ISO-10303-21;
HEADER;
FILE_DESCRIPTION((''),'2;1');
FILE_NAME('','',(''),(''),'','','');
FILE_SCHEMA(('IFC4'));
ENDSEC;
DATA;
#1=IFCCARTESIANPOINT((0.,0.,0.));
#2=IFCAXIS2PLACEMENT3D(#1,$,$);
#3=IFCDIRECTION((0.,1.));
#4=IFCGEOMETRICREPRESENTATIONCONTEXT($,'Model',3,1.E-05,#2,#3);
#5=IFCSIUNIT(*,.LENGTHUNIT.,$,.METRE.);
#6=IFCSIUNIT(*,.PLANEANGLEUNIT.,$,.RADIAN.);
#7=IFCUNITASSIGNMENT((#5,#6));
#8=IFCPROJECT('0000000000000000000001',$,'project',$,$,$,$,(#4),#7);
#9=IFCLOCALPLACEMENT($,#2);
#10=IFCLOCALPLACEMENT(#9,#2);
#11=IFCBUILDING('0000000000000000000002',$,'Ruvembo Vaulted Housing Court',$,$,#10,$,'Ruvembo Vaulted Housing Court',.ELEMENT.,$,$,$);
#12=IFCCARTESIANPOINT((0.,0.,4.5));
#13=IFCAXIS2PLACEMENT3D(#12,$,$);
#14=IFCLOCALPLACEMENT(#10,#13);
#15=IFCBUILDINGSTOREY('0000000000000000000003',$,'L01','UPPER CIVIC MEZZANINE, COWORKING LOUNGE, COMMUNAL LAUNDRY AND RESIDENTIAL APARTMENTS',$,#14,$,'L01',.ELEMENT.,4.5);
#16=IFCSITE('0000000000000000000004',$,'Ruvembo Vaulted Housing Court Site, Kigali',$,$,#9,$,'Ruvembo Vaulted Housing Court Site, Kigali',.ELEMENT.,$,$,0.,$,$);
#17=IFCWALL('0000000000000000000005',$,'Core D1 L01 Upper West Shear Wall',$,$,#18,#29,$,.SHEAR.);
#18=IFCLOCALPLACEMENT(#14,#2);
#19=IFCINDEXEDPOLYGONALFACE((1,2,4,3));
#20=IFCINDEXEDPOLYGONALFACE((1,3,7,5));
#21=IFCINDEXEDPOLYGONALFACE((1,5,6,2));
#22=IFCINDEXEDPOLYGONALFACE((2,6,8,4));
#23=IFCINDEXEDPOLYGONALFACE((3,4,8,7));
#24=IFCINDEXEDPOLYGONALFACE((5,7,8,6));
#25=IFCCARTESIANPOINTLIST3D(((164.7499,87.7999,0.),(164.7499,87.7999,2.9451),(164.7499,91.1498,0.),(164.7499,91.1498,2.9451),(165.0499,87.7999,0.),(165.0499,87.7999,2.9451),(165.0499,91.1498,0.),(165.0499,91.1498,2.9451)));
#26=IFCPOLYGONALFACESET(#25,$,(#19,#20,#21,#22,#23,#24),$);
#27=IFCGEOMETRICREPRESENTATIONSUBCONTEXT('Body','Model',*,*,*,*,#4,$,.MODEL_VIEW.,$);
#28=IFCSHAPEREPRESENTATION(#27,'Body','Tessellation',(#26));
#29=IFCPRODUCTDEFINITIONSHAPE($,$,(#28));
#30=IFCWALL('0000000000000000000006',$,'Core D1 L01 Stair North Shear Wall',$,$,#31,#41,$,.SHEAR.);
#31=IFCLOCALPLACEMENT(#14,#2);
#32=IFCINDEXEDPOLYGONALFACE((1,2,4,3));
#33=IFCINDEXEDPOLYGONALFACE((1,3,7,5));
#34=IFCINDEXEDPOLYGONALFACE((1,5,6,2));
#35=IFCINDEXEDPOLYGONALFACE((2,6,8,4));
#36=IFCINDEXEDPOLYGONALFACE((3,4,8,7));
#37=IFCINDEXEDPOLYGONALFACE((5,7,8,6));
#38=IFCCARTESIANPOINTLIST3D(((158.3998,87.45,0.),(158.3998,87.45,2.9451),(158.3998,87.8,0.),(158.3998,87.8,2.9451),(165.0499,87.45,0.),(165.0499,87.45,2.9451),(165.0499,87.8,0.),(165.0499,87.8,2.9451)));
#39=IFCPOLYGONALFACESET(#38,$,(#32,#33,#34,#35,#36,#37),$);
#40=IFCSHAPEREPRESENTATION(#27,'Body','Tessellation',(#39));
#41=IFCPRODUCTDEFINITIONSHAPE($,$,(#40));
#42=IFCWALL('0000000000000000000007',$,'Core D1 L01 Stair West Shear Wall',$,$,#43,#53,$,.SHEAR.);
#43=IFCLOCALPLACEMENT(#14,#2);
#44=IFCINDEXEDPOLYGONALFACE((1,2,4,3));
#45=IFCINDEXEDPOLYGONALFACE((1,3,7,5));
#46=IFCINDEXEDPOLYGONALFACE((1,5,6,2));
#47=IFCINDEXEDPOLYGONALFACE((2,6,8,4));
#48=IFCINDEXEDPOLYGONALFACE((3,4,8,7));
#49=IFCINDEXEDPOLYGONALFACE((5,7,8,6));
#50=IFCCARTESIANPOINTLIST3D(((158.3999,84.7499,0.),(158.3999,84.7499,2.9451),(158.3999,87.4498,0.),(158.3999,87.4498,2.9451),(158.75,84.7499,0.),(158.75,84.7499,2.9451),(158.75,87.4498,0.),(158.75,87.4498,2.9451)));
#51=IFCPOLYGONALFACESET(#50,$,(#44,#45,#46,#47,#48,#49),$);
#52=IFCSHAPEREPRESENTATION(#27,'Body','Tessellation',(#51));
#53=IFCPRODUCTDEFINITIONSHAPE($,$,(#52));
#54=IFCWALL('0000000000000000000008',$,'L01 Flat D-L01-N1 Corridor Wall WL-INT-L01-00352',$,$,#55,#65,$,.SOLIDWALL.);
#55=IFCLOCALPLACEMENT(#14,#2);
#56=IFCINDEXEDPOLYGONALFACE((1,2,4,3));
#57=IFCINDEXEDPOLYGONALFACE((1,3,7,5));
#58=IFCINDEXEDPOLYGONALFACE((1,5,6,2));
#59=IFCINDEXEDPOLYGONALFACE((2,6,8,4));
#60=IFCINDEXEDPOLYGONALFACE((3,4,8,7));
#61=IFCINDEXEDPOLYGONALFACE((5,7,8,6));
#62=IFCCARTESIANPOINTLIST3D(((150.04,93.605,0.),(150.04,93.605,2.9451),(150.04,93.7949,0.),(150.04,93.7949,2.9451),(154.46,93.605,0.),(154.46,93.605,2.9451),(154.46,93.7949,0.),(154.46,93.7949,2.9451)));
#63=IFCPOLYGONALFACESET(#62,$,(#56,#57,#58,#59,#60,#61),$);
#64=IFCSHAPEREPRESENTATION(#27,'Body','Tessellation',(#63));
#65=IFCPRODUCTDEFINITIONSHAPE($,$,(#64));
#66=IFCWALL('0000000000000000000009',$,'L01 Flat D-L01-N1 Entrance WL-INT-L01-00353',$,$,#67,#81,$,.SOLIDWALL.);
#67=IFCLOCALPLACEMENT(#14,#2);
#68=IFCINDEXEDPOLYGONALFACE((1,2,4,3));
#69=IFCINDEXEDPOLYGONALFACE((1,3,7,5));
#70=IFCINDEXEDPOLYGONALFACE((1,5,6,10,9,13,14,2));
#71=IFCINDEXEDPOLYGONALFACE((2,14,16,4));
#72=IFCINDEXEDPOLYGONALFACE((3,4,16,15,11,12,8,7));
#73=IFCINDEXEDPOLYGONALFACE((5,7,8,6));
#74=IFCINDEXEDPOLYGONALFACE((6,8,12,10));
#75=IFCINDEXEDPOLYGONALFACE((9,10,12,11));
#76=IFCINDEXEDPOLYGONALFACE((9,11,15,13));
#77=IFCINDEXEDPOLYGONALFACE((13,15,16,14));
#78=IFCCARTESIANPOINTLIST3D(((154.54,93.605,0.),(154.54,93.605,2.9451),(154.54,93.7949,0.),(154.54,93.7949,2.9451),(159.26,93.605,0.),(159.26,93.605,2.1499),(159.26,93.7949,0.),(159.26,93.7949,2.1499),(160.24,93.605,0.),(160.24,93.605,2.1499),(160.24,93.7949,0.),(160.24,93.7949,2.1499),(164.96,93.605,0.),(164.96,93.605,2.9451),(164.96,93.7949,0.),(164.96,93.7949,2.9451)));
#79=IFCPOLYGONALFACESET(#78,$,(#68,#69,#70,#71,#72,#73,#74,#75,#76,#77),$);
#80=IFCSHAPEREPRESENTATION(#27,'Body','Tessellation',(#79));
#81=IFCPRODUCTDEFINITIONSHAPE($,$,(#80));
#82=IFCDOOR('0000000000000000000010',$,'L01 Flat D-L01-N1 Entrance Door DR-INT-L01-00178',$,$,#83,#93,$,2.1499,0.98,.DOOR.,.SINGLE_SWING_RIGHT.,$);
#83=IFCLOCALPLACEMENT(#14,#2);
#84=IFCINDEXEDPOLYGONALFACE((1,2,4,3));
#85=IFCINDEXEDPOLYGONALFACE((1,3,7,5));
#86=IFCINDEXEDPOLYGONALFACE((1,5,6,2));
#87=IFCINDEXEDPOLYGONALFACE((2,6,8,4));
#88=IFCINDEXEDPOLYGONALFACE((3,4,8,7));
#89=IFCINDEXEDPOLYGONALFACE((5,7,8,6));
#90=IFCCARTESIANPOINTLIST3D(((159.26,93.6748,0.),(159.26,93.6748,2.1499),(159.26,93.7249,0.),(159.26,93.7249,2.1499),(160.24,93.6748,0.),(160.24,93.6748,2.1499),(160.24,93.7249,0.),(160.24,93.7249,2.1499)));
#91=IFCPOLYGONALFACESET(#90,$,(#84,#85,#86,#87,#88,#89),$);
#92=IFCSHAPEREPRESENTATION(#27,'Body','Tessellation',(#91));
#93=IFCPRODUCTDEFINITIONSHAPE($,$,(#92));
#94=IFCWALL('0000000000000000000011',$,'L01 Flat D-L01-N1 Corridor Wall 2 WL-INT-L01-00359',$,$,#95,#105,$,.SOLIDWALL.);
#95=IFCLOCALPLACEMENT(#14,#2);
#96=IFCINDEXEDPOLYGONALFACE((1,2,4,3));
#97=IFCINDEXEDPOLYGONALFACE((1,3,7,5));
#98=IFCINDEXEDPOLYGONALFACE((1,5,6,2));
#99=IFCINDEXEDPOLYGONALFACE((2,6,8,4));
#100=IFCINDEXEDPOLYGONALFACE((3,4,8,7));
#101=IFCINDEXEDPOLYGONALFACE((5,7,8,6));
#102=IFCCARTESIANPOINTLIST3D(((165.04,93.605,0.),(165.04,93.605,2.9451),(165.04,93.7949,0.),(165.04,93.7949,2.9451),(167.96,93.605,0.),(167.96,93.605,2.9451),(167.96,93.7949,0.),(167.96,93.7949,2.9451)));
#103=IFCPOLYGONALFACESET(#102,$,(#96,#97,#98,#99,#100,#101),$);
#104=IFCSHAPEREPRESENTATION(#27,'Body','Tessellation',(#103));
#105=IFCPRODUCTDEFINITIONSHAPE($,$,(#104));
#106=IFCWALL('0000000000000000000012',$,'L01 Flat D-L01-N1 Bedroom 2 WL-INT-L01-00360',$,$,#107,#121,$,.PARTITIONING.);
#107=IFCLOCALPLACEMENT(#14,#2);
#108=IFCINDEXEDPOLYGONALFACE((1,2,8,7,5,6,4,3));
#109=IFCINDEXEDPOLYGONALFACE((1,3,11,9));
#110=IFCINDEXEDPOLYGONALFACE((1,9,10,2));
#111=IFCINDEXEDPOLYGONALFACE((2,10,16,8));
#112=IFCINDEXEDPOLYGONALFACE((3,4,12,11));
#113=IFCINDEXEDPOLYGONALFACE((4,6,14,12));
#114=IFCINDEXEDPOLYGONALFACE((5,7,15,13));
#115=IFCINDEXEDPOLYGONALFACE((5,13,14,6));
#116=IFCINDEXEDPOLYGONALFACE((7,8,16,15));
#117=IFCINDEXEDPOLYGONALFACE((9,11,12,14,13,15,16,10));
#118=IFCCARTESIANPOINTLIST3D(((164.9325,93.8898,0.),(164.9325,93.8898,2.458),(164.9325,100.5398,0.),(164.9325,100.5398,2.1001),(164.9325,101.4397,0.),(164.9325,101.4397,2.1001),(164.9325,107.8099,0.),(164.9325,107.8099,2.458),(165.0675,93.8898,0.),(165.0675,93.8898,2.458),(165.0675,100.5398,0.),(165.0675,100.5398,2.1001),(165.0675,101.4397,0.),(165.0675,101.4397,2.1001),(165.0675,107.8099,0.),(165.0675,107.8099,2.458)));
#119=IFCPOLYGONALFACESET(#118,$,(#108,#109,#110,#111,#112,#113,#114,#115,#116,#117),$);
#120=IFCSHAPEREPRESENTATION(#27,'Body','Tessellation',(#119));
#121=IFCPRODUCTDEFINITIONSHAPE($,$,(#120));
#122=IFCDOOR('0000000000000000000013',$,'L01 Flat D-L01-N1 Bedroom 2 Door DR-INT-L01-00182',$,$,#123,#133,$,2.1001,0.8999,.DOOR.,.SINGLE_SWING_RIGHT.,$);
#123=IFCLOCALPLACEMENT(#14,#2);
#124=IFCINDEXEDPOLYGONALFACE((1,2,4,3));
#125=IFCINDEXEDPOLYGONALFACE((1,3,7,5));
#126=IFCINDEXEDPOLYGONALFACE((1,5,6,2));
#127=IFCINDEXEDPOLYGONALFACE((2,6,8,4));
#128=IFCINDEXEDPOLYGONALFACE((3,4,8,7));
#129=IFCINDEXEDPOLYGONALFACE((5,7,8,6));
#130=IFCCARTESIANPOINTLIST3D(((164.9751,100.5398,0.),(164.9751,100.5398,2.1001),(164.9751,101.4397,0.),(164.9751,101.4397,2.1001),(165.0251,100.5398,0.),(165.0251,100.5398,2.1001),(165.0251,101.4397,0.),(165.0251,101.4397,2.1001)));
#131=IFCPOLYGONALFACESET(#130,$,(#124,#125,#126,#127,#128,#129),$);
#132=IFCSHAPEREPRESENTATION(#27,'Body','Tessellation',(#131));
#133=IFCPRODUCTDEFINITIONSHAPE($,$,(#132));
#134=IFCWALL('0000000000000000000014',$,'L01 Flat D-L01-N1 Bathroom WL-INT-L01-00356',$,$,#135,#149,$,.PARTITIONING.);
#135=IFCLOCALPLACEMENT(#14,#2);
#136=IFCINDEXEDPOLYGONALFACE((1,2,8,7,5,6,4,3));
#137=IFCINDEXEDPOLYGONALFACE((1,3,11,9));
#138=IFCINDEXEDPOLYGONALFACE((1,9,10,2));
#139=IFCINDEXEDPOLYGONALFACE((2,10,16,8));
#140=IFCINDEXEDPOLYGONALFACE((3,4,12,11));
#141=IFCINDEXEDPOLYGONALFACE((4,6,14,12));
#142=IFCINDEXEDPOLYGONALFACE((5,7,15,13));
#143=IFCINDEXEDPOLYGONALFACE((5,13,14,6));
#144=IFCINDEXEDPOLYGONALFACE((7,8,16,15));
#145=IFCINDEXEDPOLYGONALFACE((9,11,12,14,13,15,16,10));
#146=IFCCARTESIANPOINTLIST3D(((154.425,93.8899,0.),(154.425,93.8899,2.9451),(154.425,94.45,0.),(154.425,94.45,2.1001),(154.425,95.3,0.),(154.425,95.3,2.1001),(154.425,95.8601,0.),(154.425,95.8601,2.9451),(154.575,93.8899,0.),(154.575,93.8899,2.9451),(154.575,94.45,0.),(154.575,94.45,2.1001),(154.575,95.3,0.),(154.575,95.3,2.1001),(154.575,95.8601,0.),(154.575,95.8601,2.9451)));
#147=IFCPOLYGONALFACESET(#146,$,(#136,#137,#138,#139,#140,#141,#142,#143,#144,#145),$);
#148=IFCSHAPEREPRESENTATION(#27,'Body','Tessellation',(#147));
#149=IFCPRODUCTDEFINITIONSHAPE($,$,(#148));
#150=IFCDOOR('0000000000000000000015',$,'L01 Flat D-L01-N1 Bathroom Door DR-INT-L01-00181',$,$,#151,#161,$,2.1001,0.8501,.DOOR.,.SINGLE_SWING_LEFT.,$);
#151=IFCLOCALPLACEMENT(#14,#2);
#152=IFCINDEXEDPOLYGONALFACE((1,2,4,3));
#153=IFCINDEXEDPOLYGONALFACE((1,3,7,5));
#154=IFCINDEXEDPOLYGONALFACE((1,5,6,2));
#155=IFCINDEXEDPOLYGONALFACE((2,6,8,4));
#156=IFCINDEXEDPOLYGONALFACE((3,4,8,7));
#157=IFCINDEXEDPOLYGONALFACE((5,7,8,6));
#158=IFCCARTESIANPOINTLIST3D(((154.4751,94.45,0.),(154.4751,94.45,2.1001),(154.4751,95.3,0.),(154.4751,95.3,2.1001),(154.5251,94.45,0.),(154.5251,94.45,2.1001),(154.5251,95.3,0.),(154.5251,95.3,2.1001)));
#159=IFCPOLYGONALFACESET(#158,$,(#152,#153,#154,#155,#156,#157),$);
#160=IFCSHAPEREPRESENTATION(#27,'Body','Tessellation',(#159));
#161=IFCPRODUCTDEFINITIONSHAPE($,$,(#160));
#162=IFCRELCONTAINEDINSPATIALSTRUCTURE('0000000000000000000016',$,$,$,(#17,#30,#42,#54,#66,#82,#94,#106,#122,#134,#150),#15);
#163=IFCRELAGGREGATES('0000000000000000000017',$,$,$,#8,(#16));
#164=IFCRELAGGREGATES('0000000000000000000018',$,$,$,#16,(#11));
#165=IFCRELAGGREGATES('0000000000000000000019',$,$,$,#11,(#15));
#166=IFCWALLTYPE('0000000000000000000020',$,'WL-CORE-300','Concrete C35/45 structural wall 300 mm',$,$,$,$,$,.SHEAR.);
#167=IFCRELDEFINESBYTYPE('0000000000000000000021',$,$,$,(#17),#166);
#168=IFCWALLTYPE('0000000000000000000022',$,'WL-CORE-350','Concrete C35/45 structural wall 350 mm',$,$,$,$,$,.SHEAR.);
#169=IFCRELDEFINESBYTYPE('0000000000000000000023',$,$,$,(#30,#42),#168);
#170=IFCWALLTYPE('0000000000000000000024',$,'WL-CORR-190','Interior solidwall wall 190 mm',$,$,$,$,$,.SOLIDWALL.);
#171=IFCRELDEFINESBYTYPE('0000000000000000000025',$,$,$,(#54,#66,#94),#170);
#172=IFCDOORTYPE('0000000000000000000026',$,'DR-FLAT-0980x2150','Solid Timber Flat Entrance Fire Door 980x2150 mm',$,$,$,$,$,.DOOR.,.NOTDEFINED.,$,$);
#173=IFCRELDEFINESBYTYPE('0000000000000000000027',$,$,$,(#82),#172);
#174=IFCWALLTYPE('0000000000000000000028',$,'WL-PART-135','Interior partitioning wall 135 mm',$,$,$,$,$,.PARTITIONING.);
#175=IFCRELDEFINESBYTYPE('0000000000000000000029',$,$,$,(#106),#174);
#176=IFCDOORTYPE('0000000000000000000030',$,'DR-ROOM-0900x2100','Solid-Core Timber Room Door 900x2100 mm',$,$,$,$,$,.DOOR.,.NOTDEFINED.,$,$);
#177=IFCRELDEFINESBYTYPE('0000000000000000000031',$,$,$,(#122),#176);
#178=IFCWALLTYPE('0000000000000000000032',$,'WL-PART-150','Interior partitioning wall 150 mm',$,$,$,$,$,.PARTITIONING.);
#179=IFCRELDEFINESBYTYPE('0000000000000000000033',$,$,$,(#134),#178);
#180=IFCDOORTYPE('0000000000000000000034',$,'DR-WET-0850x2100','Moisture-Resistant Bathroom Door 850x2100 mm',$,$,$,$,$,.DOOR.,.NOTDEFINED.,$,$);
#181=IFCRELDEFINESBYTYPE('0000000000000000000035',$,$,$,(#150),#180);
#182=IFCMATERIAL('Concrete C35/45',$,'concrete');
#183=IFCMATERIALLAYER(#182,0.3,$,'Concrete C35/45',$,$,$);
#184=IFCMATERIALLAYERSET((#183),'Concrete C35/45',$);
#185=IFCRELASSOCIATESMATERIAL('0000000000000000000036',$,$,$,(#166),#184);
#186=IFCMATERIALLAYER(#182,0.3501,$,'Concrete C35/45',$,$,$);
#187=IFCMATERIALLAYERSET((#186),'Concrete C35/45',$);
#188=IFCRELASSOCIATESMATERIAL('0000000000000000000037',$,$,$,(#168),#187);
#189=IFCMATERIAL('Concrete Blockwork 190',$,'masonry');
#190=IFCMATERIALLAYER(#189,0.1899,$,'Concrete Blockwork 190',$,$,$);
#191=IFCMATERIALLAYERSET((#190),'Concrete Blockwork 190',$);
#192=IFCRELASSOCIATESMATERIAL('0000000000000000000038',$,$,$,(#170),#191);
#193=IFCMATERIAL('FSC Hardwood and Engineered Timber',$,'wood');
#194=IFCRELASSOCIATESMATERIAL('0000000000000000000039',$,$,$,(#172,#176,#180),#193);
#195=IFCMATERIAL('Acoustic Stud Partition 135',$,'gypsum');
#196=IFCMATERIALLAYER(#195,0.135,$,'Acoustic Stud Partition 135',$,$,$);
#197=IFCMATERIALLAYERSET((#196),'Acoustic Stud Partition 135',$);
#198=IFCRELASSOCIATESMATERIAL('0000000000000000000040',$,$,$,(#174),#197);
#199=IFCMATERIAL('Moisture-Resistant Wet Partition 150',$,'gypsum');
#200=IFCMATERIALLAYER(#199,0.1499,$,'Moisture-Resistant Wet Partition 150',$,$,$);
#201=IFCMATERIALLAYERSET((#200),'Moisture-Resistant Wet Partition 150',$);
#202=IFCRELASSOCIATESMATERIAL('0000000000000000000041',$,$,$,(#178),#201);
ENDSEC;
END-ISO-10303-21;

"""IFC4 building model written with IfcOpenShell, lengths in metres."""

from ifc_helpers import new_model, si_unit, direction, frame, frame_2d, origin, place, context, subcontext, project, spatial, rectangle, extrude, material, layer, layer_set, type_object, element, fill, save


model = new_model("IFC4")

# Units and contexts
model_context = context("Model", 3, precision=1e-05, world=origin(), true_north=direction((0.0, 1.0)))
body_context = subcontext(model_context, "Body", "Model", "MODEL_VIEW")
ifc_project = project(units=[si_unit("LENGTHUNIT", "METRE"), si_unit("PLANEANGLEUNIT", "RADIAN")], contexts=[model_context])

# Site, building, storey
site_placement = place(None, origin())
site = spatial("IfcSite", under=ifc_project, at=site_placement, Name="Ruvembo Vaulted Housing Court Site, Kigali", LongName="Ruvembo Vaulted Housing Court Site, Kigali", CompositionType="ELEMENT", RefElevation=0.0)
building_placement = place(site_placement, origin())
building = spatial("IfcBuilding", under=site, at=building_placement, Name="Ruvembo Vaulted Housing Court", LongName="Ruvembo Vaulted Housing Court", CompositionType="ELEMENT")
storey_placement = place(building_placement, frame((0.0, 0.0, 4.5)))
storey = spatial("IfcBuildingStorey", under=building, at=storey_placement, Name="L01", Description="UPPER CIVIC MEZZANINE, COWORKING LOUNGE, COMMUNAL LAUNDRY AND RESIDENTIAL APARTMENTS", LongName="L01", CompositionType="ELEMENT", Elevation=4.5)

# Walls
ifc_material_1 = material(Name="Concrete C35/45", Category="concrete")
ifc_layer_1 = layer(ifc_material_1, 0.3, Name="Concrete C35/45")
ifc_layer_set_1 = layer_set([ifc_layer_1], Name="Concrete C35/45")
wall_type_1 = type_object("IfcWallType", Name="WL-CORE-300", Description="Concrete C35/45 structural wall 300 mm", PredefinedType="SHEAR", material=ifc_layer_set_1)
wall_1_placement = place(storey_placement, frame((164.8999, 87.8, 0.0), z_axis=(0.0, 0.0, 1.0), x_axis=(0.0, 1.0, 0.0)))
element("IfcWall", 1, at=wall_1_placement, inside=storey, type_object=wall_type_1, Name="Core D1 L01 Upper West Shear Wall", PredefinedType="SHEAR", context=body_context, shape_type="SweptSolid", body=[
    extrude(rectangle(XDim=3.3499, YDim=0.3, at=frame_2d((1.6748, 0.0))), origin(), (0.0, 0.0, 1.0), 2.9451),
])
ifc_layer_2 = layer(ifc_material_1, 0.3501, Name="Concrete C35/45")
ifc_layer_set_2 = layer_set([ifc_layer_2], Name="Concrete C35/45")
wall_type_2 = type_object("IfcWallType", Name="WL-CORE-350", Description="Concrete C35/45 structural wall 350 mm", PredefinedType="SHEAR", material=ifc_layer_set_2)
wall_2_placement = place(storey_placement, frame((165.05, 87.625, 0.0), z_axis=(0.0, 0.0, 1.0), x_axis=(-1.0, 0.0, 0.0)))
element("IfcWall", 2, at=wall_2_placement, inside=storey, type_object=wall_type_2, Name="Core D1 L01 Stair North Shear Wall", PredefinedType="SHEAR", context=body_context, shape_type="SweptSolid", body=[
    extrude(rectangle(XDim=6.6501, YDim=0.3501, at=frame_2d((3.3252, 0.0))), origin(), (0.0, 0.0, 1.0), 2.9451),
])
wall_3_placement = place(storey_placement, frame((158.575, 87.45, 0.0), z_axis=(0.0, 0.0, 1.0), x_axis=(0.0, -1.0, 0.0)))
element("IfcWall", 3, at=wall_3_placement, inside=storey, type_object=wall_type_2, Name="Core D1 L01 Stair West Shear Wall", PredefinedType="SHEAR", context=body_context, shape_type="SweptSolid", body=[
    extrude(rectangle(XDim=2.7, YDim=0.3501, at=frame_2d((1.3501, 0.0))), origin(), (0.0, 0.0, 1.0), 2.9451),
])
ifc_material_2 = material(Name="Concrete Blockwork 190", Category="masonry")
ifc_layer_3 = layer(ifc_material_2, 0.1899, Name="Concrete Blockwork 190")
ifc_layer_set_3 = layer_set([ifc_layer_3], Name="Concrete Blockwork 190")
wall_type_3 = type_object("IfcWallType", Name="WL-CORR-190", Description="Interior solidwall wall 190 mm", PredefinedType="SOLIDWALL", material=ifc_layer_set_3)
wall_4_placement = place(storey_placement, frame((150.04, 93.7, 0.0), z_axis=(0.0, 0.0, 1.0), x_axis=(1.0, 0.0, 0.0)))
element("IfcWall", 4, at=wall_4_placement, inside=storey, type_object=wall_type_3, Name="L01 Flat D-L01-N1 Corridor Wall WL-INT-L01-00352", PredefinedType="SOLIDWALL", context=body_context, shape_type="SweptSolid", body=[
    extrude(rectangle(XDim=4.4199, YDim=0.1899, at=frame_2d((2.21, 0.0))), origin(), (0.0, 0.0, 1.0), 2.9451),
])

# Wall, opening, door
wall_5_placement = place(storey_placement, frame((154.54, 93.7, 0.0), z_axis=(0.0, 0.0, 1.0), x_axis=(1.0, 0.0, 0.0)))
wall_5 = element("IfcWall", 5, at=wall_5_placement, inside=storey, type_object=wall_type_3, Name="L01 Flat D-L01-N1 Entrance WL-INT-L01-00353", PredefinedType="SOLIDWALL", context=body_context, shape_type="SweptSolid", body=[
    extrude(rectangle(XDim=10.4199, YDim=0.1899, at=frame_2d((5.21, 0.0))), origin(), (0.0, 0.0, 1.0), 2.9451),
])
opening_1_placement = place(wall_5_placement, frame((4.72, 0.0, 0.0)))
opening_1 = element("IfcOpeningElement", 6, at=opening_1_placement, cuts=wall_5, PredefinedType="OPENING", context=body_context, shape_type="SweptSolid", body=[
    extrude(rectangle(XDim=0.98, YDim=2.1499, at=frame_2d((0.49, 1.075))), frame((0.0, 0.105, 0.0), z_axis=(0.0, -1.0, 0.0), x_axis=(1.0, 0.0, 0.0)), (0.0, 0.0, 1.0), 0.21),
])
ifc_material_3 = material(Name="FSC Hardwood and Engineered Timber", Category="wood")
door_type_1 = type_object("IfcDoorType", Name="DR-FLAT-0980x2150", Description="Solid Timber Flat Entrance Fire Door 980x2150 mm", OperationType="NOTDEFINED", PredefinedType="DOOR", material=ifc_material_3)
door_1_placement = place(opening_1_placement, origin())
door_1 = element("IfcDoor", 7, at=door_1_placement, inside=storey, type_object=door_type_1, Name="L01 Flat D-L01-N1 Entrance Door DR-INT-L01-00178", OperationType="SINGLE_SWING_RIGHT", OverallHeight=2.1499, OverallWidth=0.98, PredefinedType="DOOR", context=body_context, shape_type="SweptSolid", body=[
    extrude(rectangle(XDim=0.98, YDim=2.1499, at=frame_2d((0.49, 1.075))), frame((0.0, 0.0249, 0.0), z_axis=(0.0, -1.0, 0.0), x_axis=(1.0, 0.0, 0.0)), (0.0, 0.0, 1.0), 0.05),
])
fill(opening_1, door_1)

# Wall
wall_6_placement = place(storey_placement, frame((165.04, 93.7, 0.0), z_axis=(0.0, 0.0, 1.0), x_axis=(1.0, 0.0, 0.0)))
element("IfcWall", 8, at=wall_6_placement, inside=storey, type_object=wall_type_3, Name="L01 Flat D-L01-N1 Corridor Wall 2 WL-INT-L01-00359", PredefinedType="SOLIDWALL", context=body_context, shape_type="SweptSolid", body=[
    extrude(rectangle(XDim=2.9199, YDim=0.1899, at=frame_2d((1.46, 0.0))), origin(), (0.0, 0.0, 1.0), 2.9451),
])

# Walls, openings, doors
ifc_material_4 = material(Name="Acoustic Stud Partition 135", Category="gypsum")
ifc_layer_4 = layer(ifc_material_4, 0.135, Name="Acoustic Stud Partition 135")
ifc_layer_set_4 = layer_set([ifc_layer_4], Name="Acoustic Stud Partition 135")
wall_type_4 = type_object("IfcWallType", Name="WL-PART-135", Description="Interior partitioning wall 135 mm", PredefinedType="PARTITIONING", material=ifc_layer_set_4)
wall_7_placement = place(storey_placement, frame((165.0, 93.8899, 0.0), z_axis=(0.0, 0.0, 1.0), x_axis=(0.0, 1.0, 0.0)))
wall_7 = element("IfcWall", 9, at=wall_7_placement, inside=storey, type_object=wall_type_4, Name="L01 Flat D-L01-N1 Bedroom 2 WL-INT-L01-00360", PredefinedType="PARTITIONING", context=body_context, shape_type="SweptSolid", body=[
    extrude(rectangle(XDim=13.9202, YDim=0.135, at=frame_2d((6.96, 0.0))), origin(), (0.0, 0.0, 1.0), 2.458),
])
opening_2_placement = place(wall_7_placement, frame((6.6499, 0.0, 0.0)))
opening_2 = element("IfcOpeningElement", 10, at=opening_2_placement, cuts=wall_7, PredefinedType="OPENING", context=body_context, shape_type="SweptSolid", body=[
    extrude(rectangle(XDim=0.8999, YDim=2.1001, at=frame_2d((0.45, 1.05))), frame((0.0, 0.0774, 0.0), z_axis=(0.0, -1.0, 0.0), x_axis=(1.0, 0.0, 0.0)), (0.0, 0.0, 1.0), 0.155),
])
door_type_2 = type_object("IfcDoorType", Name="DR-ROOM-0900x2100", Description="Solid-Core Timber Room Door 900x2100 mm", OperationType="NOTDEFINED", PredefinedType="DOOR", material=ifc_material_3)
door_2_placement = place(opening_2_placement, origin())
door_2 = element("IfcDoor", 11, at=door_2_placement, inside=storey, type_object=door_type_2, Name="L01 Flat D-L01-N1 Bedroom 2 Door DR-INT-L01-00182", OperationType="SINGLE_SWING_RIGHT", OverallHeight=2.1001, OverallWidth=0.8999, PredefinedType="DOOR", context=body_context, shape_type="SweptSolid", body=[
    extrude(rectangle(XDim=0.8999, YDim=2.1001, at=frame_2d((0.45, 1.05))), frame((0.0, 0.0249, 0.0), z_axis=(0.0, -1.0, 0.0), x_axis=(1.0, 0.0, 0.0)), (0.0, 0.0, 1.0), 0.05),
])
fill(opening_2, door_2)
ifc_material_5 = material(Name="Moisture-Resistant Wet Partition 150", Category="gypsum")
ifc_layer_5 = layer(ifc_material_5, 0.1499, Name="Moisture-Resistant Wet Partition 150")
ifc_layer_set_5 = layer_set([ifc_layer_5], Name="Moisture-Resistant Wet Partition 150")
wall_type_5 = type_object("IfcWallType", Name="WL-PART-150", Description="Interior partitioning wall 150 mm", PredefinedType="PARTITIONING", material=ifc_layer_set_5)
wall_8_placement = place(storey_placement, frame((154.5, 93.8899, 0.0), z_axis=(0.0, 0.0, 1.0), x_axis=(0.0, 1.0, 0.0)))
wall_8 = element("IfcWall", 12, at=wall_8_placement, inside=storey, type_object=wall_type_5, Name="L01 Flat D-L01-N1 Bathroom WL-INT-L01-00356", PredefinedType="PARTITIONING", context=body_context, shape_type="SweptSolid", body=[
    extrude(rectangle(XDim=1.9702, YDim=0.1499, at=frame_2d((0.9851, 0.0))), origin(), (0.0, 0.0, 1.0), 2.9451),
])
opening_3_placement = place(wall_8_placement, frame((0.5601, 0.0, 0.0)))
opening_3 = element("IfcOpeningElement", 13, at=opening_3_placement, cuts=wall_8, PredefinedType="OPENING", context=body_context, shape_type="SweptSolid", body=[
    extrude(rectangle(XDim=0.8501, YDim=2.1001, at=frame_2d((0.425, 1.05))), frame((0.0, 0.085, 0.0), z_axis=(0.0, -1.0, 0.0), x_axis=(1.0, 0.0, 0.0)), (0.0, 0.0, 1.0), 0.1699),
])
door_type_3 = type_object("IfcDoorType", Name="DR-WET-0850x2100", Description="Moisture-Resistant Bathroom Door 850x2100 mm", OperationType="NOTDEFINED", PredefinedType="DOOR", material=ifc_material_3)
door_3_placement = place(opening_3_placement, origin())
door_3 = element("IfcDoor", 14, at=door_3_placement, inside=storey, type_object=door_type_3, Name="L01 Flat D-L01-N1 Bathroom Door DR-INT-L01-00181", OperationType="SINGLE_SWING_LEFT", OverallHeight=2.1001, OverallWidth=0.8501, PredefinedType="DOOR", context=body_context, shape_type="SweptSolid", body=[
    extrude(rectangle(XDim=0.8501, YDim=2.1001, at=frame_2d((0.425, 1.05))), frame((0.0, 0.0249, 0.0), z_axis=(0.0, -1.0, 0.0), x_axis=(1.0, 0.0, 0.0)), (0.0, 0.0, 1.0), 0.05),
])
fill(opening_3, door_3)

save(model, "model.ifc")
